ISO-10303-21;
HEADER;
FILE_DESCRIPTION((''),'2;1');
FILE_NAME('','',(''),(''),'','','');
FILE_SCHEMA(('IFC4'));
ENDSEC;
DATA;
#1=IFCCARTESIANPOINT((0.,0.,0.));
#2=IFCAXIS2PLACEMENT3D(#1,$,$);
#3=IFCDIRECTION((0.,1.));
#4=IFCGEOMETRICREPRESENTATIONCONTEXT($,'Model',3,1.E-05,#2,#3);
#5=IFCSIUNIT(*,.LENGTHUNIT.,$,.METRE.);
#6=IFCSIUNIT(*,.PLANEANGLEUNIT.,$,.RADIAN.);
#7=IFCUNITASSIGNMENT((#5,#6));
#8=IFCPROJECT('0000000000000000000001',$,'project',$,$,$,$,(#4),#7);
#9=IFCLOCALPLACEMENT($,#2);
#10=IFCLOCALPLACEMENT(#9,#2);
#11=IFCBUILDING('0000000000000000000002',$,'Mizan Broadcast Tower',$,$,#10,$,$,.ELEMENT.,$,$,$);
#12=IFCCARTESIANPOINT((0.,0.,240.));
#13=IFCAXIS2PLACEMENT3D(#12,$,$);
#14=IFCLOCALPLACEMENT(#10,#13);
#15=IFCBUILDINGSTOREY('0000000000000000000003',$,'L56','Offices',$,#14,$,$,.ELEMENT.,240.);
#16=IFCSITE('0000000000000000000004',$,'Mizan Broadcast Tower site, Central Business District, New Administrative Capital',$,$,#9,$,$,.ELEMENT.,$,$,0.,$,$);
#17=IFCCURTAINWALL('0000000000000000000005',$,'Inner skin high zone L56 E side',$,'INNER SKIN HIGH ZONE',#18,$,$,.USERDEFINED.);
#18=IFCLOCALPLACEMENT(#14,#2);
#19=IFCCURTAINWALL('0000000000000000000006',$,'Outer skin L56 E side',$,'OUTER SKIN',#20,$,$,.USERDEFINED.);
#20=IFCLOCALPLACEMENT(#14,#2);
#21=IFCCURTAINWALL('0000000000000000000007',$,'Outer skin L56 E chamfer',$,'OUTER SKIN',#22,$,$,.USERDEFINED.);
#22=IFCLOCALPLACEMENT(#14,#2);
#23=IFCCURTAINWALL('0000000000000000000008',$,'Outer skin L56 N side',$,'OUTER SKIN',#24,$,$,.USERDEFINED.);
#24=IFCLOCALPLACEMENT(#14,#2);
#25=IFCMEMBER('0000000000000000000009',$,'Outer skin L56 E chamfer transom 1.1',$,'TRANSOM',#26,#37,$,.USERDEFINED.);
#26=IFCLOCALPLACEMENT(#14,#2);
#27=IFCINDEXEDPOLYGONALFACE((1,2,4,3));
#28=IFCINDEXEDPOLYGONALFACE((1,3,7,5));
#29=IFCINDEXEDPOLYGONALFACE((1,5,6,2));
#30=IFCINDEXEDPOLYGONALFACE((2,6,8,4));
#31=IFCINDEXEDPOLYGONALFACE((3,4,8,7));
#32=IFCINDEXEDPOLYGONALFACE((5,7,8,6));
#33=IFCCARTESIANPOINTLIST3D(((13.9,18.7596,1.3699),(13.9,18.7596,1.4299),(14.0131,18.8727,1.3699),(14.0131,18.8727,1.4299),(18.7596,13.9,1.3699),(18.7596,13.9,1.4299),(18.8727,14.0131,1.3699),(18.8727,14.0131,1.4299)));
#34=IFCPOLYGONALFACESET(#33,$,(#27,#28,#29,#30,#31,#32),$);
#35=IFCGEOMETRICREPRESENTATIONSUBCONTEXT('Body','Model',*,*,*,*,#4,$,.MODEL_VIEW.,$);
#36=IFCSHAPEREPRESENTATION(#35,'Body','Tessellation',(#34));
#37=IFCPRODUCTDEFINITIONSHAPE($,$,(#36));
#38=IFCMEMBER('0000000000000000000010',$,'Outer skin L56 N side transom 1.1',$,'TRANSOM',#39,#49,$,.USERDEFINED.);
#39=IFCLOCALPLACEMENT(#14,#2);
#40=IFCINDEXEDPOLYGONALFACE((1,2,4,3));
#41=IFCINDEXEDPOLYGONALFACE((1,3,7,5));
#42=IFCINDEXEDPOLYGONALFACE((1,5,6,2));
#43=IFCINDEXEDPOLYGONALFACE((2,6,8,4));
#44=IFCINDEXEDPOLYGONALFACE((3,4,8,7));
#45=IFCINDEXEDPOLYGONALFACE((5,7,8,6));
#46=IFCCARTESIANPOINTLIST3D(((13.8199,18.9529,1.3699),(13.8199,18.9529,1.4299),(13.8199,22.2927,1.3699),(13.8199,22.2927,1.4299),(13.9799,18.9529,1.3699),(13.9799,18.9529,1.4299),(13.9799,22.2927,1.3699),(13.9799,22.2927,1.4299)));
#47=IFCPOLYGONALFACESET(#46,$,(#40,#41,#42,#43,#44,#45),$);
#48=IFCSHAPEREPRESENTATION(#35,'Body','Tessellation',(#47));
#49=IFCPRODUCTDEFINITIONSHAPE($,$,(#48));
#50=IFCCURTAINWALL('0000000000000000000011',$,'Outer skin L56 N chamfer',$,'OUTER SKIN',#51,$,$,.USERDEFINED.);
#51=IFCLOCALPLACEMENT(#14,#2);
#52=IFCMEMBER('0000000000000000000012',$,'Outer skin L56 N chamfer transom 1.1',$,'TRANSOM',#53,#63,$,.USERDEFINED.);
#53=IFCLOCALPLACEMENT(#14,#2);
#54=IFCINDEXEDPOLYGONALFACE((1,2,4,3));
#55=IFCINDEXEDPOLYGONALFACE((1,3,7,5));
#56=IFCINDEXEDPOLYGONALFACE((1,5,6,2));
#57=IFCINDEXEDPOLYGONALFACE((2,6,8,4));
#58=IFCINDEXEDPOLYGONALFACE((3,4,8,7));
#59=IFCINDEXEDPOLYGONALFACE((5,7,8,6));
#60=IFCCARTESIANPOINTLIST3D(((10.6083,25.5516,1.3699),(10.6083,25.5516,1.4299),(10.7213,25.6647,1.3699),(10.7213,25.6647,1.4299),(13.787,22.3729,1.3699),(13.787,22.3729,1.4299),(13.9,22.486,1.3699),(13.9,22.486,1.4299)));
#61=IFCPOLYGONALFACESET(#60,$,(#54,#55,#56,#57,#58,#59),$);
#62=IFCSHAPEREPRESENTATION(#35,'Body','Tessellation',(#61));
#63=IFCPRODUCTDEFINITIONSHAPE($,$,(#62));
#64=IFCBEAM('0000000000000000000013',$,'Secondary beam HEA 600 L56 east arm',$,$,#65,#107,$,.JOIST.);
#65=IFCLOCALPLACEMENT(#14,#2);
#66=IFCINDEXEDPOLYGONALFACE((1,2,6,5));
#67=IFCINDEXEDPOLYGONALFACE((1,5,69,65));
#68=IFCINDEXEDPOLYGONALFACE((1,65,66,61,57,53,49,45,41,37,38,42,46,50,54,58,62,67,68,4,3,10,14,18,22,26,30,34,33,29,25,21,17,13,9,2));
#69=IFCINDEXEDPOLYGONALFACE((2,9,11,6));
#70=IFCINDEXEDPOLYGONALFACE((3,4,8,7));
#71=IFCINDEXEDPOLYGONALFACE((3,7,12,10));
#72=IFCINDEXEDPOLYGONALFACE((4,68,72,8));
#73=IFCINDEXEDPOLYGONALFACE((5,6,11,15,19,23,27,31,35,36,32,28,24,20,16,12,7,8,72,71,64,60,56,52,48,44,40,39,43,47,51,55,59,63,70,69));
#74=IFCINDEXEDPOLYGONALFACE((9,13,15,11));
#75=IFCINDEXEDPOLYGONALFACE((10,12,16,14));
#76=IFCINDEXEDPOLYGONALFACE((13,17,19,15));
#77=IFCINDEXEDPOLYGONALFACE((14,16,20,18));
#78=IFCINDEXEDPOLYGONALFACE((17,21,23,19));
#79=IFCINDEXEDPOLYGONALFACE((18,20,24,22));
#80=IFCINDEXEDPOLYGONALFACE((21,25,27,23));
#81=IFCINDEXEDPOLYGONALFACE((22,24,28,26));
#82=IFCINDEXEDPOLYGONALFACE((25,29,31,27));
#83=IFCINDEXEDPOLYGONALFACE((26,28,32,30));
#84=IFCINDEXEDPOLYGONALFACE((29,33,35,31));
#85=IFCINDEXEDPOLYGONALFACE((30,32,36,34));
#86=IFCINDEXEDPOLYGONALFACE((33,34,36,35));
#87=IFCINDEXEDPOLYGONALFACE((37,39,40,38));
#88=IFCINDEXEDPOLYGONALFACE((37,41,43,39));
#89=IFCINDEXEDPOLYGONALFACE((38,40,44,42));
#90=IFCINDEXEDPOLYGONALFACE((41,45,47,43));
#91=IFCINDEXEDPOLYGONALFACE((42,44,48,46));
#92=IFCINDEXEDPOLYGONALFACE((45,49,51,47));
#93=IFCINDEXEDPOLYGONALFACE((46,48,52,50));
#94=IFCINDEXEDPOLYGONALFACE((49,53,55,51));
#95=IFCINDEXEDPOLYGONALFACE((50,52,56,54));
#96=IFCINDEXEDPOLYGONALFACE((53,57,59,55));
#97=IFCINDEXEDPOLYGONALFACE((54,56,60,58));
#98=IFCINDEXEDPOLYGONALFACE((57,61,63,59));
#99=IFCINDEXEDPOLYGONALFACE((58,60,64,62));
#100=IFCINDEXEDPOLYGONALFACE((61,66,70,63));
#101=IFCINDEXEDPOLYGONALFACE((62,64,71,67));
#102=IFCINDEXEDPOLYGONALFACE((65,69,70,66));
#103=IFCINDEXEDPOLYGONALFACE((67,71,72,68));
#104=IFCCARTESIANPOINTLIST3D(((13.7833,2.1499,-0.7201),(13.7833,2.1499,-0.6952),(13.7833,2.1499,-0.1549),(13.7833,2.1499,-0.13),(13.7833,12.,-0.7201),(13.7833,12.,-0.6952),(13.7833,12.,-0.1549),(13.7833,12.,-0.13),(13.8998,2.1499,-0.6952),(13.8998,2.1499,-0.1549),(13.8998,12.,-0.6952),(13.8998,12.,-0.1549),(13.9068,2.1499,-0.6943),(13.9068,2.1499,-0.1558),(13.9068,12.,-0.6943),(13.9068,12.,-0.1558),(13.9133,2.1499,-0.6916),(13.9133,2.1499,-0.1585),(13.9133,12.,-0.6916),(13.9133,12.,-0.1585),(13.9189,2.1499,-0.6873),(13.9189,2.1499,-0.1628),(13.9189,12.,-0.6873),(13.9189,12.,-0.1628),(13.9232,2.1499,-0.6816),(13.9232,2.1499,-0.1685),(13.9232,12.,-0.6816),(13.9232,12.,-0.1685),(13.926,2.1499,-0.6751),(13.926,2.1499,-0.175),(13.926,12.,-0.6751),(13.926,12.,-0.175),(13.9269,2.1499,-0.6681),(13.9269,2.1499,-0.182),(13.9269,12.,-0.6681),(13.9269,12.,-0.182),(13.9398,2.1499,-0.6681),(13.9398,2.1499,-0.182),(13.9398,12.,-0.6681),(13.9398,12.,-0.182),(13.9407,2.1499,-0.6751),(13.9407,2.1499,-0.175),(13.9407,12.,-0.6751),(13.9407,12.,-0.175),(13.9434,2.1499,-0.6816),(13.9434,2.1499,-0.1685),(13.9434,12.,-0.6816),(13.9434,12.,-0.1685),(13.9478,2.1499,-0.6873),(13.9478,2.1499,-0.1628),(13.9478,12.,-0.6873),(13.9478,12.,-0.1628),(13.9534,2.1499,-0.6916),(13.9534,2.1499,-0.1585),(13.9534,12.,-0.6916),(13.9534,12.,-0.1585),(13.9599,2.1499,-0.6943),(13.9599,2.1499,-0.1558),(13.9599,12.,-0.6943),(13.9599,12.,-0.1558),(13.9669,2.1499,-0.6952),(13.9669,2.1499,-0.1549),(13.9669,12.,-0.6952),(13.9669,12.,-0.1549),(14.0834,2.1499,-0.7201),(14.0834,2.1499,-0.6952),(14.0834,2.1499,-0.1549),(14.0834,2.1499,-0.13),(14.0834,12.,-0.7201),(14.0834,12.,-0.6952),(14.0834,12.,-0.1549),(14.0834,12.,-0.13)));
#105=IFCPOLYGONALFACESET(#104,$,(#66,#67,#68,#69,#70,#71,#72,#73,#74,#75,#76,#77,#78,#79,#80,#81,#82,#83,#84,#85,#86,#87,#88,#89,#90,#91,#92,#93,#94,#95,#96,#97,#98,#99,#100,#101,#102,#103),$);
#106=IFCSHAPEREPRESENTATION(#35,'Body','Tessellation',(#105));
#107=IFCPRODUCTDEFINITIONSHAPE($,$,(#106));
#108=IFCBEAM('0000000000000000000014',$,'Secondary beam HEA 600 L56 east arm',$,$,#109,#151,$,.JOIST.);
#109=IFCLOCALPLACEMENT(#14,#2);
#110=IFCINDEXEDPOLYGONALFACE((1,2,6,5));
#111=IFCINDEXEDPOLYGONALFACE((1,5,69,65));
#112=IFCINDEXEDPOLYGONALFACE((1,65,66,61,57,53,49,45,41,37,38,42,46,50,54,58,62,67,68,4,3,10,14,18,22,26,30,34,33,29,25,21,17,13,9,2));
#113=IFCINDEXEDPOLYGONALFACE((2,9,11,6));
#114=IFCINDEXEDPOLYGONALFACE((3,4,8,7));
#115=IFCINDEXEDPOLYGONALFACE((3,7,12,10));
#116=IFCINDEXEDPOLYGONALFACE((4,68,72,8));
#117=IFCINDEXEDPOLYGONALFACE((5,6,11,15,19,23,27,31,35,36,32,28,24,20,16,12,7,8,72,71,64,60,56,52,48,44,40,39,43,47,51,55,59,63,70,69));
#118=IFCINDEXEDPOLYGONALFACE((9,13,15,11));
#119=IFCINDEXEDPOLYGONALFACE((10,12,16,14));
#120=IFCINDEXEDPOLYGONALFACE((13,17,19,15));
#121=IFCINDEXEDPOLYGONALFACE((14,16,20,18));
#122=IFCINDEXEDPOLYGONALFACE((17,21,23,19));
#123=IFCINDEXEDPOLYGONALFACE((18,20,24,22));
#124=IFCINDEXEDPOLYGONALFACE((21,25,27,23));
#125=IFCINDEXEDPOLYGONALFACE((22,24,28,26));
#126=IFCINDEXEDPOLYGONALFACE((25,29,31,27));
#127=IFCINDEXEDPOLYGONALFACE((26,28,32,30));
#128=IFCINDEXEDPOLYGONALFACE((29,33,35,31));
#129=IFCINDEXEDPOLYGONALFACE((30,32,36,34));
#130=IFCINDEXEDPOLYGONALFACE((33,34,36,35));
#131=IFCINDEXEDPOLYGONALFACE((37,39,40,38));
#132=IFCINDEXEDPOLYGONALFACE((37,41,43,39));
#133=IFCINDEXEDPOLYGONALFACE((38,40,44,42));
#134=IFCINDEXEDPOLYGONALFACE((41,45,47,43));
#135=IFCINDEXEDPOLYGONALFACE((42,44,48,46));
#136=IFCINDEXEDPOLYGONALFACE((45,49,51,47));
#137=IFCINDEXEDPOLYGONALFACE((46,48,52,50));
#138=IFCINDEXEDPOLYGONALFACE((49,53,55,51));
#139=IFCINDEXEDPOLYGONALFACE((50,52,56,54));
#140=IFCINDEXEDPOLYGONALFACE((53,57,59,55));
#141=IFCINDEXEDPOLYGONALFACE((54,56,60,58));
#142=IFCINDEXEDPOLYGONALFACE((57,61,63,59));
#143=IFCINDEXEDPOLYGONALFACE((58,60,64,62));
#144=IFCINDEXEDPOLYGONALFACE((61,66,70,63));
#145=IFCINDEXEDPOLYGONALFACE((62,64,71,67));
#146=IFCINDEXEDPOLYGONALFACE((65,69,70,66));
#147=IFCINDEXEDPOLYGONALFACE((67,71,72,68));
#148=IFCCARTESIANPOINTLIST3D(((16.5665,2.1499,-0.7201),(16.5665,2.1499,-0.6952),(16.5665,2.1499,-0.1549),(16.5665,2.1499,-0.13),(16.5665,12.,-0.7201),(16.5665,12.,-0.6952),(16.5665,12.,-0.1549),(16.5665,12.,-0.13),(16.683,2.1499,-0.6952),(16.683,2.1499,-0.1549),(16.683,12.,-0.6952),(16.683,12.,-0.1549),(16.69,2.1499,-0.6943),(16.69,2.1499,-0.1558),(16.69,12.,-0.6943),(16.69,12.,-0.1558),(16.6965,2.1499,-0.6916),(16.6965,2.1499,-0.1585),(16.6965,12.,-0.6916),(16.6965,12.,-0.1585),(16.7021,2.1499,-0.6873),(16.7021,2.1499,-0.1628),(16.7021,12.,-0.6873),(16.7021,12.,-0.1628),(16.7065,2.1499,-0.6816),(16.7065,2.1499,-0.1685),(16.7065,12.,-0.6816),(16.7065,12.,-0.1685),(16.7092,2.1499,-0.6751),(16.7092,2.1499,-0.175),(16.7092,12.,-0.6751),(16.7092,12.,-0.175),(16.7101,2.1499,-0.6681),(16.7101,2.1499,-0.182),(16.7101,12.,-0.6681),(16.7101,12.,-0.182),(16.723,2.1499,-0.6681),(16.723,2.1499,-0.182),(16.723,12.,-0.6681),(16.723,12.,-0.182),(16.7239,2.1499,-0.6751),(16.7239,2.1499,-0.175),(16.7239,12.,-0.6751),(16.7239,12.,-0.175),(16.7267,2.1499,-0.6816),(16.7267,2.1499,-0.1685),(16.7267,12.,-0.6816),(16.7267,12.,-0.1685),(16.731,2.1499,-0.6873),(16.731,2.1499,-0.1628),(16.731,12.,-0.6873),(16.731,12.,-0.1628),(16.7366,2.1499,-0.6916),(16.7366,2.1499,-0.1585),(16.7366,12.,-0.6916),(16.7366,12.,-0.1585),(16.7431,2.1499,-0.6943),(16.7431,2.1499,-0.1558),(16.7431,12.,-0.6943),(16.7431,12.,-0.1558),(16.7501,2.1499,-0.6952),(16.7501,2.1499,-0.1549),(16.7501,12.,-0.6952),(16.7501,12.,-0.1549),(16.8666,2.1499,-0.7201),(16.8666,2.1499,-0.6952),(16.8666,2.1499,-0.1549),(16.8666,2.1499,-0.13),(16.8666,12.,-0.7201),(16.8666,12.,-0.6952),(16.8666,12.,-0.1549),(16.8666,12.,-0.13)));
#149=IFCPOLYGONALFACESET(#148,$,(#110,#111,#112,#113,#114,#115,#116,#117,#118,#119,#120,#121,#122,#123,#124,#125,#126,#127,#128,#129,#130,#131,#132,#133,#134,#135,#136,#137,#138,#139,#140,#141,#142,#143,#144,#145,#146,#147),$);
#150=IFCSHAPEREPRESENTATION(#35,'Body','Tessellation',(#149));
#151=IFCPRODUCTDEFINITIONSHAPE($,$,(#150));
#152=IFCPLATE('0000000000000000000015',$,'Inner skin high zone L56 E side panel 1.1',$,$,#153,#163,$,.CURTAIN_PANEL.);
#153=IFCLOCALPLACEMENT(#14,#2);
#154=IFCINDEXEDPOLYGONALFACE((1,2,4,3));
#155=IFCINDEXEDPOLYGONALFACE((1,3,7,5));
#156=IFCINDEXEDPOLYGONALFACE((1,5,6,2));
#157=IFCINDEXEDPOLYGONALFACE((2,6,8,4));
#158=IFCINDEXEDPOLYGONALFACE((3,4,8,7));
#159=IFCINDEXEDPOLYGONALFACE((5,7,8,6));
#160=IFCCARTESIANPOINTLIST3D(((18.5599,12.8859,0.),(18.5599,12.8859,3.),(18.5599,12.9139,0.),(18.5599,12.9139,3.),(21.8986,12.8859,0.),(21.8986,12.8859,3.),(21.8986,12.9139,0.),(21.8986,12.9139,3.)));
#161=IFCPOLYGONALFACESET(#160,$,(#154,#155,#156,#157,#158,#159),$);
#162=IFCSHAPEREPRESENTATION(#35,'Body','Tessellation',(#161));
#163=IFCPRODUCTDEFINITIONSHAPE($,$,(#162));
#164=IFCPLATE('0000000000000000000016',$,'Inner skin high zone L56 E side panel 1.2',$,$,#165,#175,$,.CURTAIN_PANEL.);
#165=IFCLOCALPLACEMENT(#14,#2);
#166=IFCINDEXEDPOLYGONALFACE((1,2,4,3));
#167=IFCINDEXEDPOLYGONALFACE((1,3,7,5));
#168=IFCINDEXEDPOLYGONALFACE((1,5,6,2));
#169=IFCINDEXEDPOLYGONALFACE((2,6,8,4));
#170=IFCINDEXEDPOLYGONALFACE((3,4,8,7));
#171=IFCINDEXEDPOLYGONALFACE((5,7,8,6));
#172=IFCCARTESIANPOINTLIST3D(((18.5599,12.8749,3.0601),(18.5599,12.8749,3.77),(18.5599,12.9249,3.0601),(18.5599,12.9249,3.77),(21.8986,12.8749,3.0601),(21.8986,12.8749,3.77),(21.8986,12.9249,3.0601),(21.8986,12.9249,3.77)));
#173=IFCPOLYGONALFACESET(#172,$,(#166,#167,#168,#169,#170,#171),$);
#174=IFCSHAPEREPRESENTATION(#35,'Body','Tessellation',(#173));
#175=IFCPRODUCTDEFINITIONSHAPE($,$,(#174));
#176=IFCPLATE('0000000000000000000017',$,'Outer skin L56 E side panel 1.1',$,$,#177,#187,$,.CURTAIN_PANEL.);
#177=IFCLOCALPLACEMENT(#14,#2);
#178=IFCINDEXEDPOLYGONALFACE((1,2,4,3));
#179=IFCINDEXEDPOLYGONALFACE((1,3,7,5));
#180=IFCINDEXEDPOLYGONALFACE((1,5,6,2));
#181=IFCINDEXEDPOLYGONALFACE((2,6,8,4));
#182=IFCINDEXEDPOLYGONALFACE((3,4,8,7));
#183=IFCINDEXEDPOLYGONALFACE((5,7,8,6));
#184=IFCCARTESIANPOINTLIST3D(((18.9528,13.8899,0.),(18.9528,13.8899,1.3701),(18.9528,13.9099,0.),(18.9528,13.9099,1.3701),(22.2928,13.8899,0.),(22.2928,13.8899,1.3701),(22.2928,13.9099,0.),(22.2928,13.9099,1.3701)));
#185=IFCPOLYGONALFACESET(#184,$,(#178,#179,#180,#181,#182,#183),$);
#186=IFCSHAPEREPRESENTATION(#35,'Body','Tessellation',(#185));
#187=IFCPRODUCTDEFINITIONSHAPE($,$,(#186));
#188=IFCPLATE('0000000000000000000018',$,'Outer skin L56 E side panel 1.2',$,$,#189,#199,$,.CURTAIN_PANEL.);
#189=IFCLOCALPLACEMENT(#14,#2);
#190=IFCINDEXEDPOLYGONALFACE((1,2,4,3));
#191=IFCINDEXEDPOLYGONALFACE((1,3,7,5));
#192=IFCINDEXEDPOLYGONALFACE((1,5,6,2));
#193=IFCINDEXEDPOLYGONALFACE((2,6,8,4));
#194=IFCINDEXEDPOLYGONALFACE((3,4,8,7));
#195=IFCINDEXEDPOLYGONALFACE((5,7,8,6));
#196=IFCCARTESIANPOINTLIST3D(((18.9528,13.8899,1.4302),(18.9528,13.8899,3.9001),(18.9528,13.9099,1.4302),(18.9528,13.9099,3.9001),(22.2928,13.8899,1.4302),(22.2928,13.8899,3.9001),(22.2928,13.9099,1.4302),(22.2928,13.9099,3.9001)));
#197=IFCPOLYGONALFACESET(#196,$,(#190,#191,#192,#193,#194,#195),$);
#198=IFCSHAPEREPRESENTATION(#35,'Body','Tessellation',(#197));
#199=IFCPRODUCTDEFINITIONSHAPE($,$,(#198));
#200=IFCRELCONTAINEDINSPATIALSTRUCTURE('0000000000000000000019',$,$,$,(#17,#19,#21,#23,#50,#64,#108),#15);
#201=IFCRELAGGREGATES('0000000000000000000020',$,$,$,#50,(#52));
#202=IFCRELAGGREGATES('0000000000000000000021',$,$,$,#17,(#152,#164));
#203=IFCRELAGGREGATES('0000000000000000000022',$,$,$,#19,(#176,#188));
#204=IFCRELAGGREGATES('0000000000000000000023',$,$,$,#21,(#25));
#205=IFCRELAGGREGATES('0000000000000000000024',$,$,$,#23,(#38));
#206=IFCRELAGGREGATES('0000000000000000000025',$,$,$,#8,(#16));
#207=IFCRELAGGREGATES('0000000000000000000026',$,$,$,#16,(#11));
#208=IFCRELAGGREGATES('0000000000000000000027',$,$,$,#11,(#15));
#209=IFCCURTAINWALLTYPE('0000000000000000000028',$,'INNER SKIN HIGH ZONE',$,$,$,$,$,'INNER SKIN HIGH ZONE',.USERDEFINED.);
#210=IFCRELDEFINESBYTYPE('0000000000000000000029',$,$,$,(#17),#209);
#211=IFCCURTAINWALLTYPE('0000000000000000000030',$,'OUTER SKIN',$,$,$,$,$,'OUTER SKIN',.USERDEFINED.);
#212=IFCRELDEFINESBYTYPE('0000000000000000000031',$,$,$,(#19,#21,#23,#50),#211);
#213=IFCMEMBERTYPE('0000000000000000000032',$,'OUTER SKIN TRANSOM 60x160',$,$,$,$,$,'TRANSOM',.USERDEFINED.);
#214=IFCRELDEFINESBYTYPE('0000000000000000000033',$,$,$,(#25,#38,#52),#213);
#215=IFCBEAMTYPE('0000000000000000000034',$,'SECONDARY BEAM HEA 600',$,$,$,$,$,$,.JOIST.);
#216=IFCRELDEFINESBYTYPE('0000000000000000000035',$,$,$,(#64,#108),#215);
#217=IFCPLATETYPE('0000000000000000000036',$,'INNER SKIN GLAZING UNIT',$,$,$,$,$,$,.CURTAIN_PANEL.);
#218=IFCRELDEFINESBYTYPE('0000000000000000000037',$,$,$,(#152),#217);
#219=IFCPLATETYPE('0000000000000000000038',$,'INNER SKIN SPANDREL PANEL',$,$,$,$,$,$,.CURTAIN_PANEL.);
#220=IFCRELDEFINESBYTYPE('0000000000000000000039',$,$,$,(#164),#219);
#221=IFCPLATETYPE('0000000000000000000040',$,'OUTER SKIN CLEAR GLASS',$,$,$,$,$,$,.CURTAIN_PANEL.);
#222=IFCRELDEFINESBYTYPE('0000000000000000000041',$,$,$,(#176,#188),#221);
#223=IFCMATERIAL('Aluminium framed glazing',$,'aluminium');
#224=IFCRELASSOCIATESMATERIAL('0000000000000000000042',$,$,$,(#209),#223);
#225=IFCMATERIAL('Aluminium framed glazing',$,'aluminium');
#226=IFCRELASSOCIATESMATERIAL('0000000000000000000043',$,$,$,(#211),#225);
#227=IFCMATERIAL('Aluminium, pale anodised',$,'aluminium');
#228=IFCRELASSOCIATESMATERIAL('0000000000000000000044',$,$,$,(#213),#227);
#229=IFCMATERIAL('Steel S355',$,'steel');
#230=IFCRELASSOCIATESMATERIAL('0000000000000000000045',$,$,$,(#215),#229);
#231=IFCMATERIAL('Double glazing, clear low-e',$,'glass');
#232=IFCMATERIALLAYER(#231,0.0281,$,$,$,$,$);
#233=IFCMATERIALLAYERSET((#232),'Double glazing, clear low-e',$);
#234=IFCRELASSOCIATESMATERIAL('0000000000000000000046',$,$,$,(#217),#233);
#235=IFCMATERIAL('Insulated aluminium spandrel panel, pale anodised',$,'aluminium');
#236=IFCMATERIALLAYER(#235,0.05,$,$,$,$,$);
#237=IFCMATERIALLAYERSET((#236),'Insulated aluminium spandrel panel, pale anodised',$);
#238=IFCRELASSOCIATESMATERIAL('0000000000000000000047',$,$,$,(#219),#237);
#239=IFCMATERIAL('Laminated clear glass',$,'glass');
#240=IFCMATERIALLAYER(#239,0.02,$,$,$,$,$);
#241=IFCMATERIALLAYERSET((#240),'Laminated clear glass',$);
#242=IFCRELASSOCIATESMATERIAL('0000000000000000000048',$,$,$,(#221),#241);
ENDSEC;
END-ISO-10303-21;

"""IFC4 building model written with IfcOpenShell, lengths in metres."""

from ifc_helpers import new_model, si_unit, direction, frame, origin, origin_2d, place, context, subcontext, project, spatial, rectangle, i_section, extrude, material, layer, layer_set, material_profile, profile_set, type_object, element, aggregate, save


model = new_model("IFC4")

# Units and contexts
model_context = context("Model", 3, precision=1e-05, world=origin(), true_north=direction((0.0, 1.0)))
body_context = subcontext(model_context, "Body", "Model", "MODEL_VIEW")
ifc_project = project(units=[si_unit("LENGTHUNIT", "METRE"), si_unit("PLANEANGLEUNIT", "RADIAN")], contexts=[model_context])

# Site, building, storey
site_placement = place(None, origin())
site = spatial("IfcSite", under=ifc_project, at=site_placement, Name="Mizan Broadcast Tower site, Central Business District, New Administrative Capital", CompositionType="ELEMENT", RefElevation=0.0)
building_placement = place(site_placement, origin())
building = spatial("IfcBuilding", under=site, at=building_placement, Name="Mizan Broadcast Tower", CompositionType="ELEMENT")
storey_placement = place(building_placement, frame((0.0, 0.0, 240.0)))
storey = spatial("IfcBuildingStorey", under=building, at=storey_placement, Name="L56", Description="Offices", CompositionType="ELEMENT", Elevation=240.0)

# Curtain wall
ifc_material_1 = material(Name="Aluminium framed glazing", Category="aluminium")
curtain_wall_type_1 = type_object("IfcCurtainWallType", Name="INNER SKIN HIGH ZONE", ElementType="INNER SKIN HIGH ZONE", PredefinedType="USERDEFINED", material=ifc_material_1)
curtain_wall_1_placement = place(storey_placement, origin())
curtain_wall_1 = element("IfcCurtainWall", 1, at=curtain_wall_1_placement, inside=storey, type_object=curtain_wall_type_1, Name="Inner skin high zone L56 E side", ObjectType="INNER SKIN HIGH ZONE", PredefinedType="USERDEFINED")

# Curtain walls
ifc_material_2 = material(Name="Aluminium framed glazing", Category="aluminium")
curtain_wall_type_2 = type_object("IfcCurtainWallType", Name="OUTER SKIN", ElementType="OUTER SKIN", PredefinedType="USERDEFINED", material=ifc_material_2)
curtain_wall_2_placement = place(storey_placement, origin())
curtain_wall_2 = element("IfcCurtainWall", 2, at=curtain_wall_2_placement, inside=storey, type_object=curtain_wall_type_2, Name="Outer skin L56 E side", ObjectType="OUTER SKIN", PredefinedType="USERDEFINED")
curtain_wall_3_placement = place(storey_placement, origin())
curtain_wall_3 = element("IfcCurtainWall", 3, at=curtain_wall_3_placement, inside=storey, type_object=curtain_wall_type_2, Name="Outer skin L56 E chamfer", ObjectType="OUTER SKIN", PredefinedType="USERDEFINED")
curtain_wall_4_placement = place(storey_placement, origin())
curtain_wall_4 = element("IfcCurtainWall", 4, at=curtain_wall_4_placement, inside=storey, type_object=curtain_wall_type_2, Name="Outer skin L56 N side", ObjectType="OUTER SKIN", PredefinedType="USERDEFINED")

# Members
ifc_material_3 = material(Name="Aluminium, pale anodised", Category="aluminium")
ifc_material_profile_1 = material_profile(ifc_material_3, rectangle(XDim=0.1599, YDim=0.0601, at=origin_2d()), Name="TRANSOM 160x60")
ifc_profile_set_1 = profile_set([ifc_material_profile_1], Name="Aluminium, pale anodised")
member_type_1 = type_object("IfcMemberType", Name="OUTER SKIN TRANSOM 60x160", ElementType="TRANSOM", PredefinedType="USERDEFINED", material=ifc_profile_set_1)
member_1_placement = place(storey_placement, frame((18.8162, 13.9565, 1.3999), z_axis=(-0.707107, 0.707107, 0.0), x_axis=(-0.707107, -0.707107, 0.0)))
member_1 = element("IfcMember", 5, at=member_1_placement, type_object=member_type_1, Name="Outer skin L56 E chamfer transom 1.1", ObjectType="TRANSOM", PredefinedType="USERDEFINED", context=body_context, shape_type="SweptSolid", body=[
    extrude(rectangle(XDim=0.1599, YDim=0.0601, at=origin_2d()), origin(), (0.0, 0.0, 1.0), 6.8726),
])
member_2_placement = place(storey_placement, frame((13.8999, 18.9529, 1.3999), z_axis=(0.0, 1.0, 0.0), x_axis=(-1.0, 0.0, 0.0)))
member_2 = element("IfcMember", 6, at=member_2_placement, type_object=member_type_1, Name="Outer skin L56 N side transom 1.1", ObjectType="TRANSOM", PredefinedType="USERDEFINED", context=body_context, shape_type="SweptSolid", body=[
    extrude(rectangle(XDim=0.1599, YDim=0.0601, at=origin_2d()), origin(), (0.0, 0.0, 1.0), 3.3398),
])

# Curtain wall, member
curtain_wall_5_placement = place(storey_placement, origin())
curtain_wall_5 = element("IfcCurtainWall", 7, at=curtain_wall_5_placement, inside=storey, type_object=curtain_wall_type_2, Name="Outer skin L56 N chamfer", ObjectType="OUTER SKIN", PredefinedType="USERDEFINED")
member_3_placement = place(storey_placement, frame((13.8435, 22.4294, 1.3999), z_axis=(-0.707107, 0.707107, 0.0), x_axis=(-0.707107, -0.707107, 0.0)))
member_3 = element("IfcMember", 8, at=member_3_placement, type_object=member_type_1, Name="Outer skin L56 N chamfer transom 1.1", ObjectType="TRANSOM", PredefinedType="USERDEFINED", context=body_context, shape_type="SweptSolid", body=[
    extrude(rectangle(XDim=0.1599, YDim=0.0601, at=origin_2d()), origin(), (0.0, 0.0, 1.0), 4.4954),
])
aggregate(curtain_wall_5, [member_3])

# Beams
ifc_material_4 = material(Name="Steel S355", Category="steel")
ifc_material_profile_2 = material_profile(ifc_material_4, i_section(OverallWidth=0.3, OverallDepth=0.5901, WebThickness=0.0129, FlangeThickness=0.0249, FilletRadius=0.0271, at=origin_2d()), Name="HEA 600")
ifc_profile_set_2 = profile_set([ifc_material_profile_2], Name="Steel S355")
beam_type_1 = type_object("IfcBeamType", Name="SECONDARY BEAM HEA 600", PredefinedType="JOIST", material=ifc_profile_set_2)
for number, where, z_axis, x_axis, name in (
    (9, (13.9333, 12.0, -0.425), (0.0, -1.0, 0.0), (1.0, 0.0, 0.0), "Secondary beam HEA 600 L56 east arm"),
    (10, (16.7166, 12.0, -0.425), (0.0, -1.0, 0.0), (1.0, 0.0, 0.0), "Secondary beam HEA 600 L56 east arm"),
):
    element("IfcBeam", number, at=place(storey_placement, frame(where, z_axis=z_axis, x_axis=x_axis)), inside=storey, type_object=beam_type_1, Name=name, PredefinedType="JOIST", context=body_context, shape_type="SweptSolid", body=[
        extrude(i_section(OverallWidth=0.3, OverallDepth=0.5901, WebThickness=0.0129, FlangeThickness=0.0249, FilletRadius=0.0271, at=origin_2d()), origin(), (0.0, 0.0, 1.0), 9.8501),
    ])

# Plates
ifc_material_5 = material(Name="Double glazing, clear low-e", Category="glass")
ifc_layer_1 = layer(ifc_material_5, 0.0281)
ifc_layer_set_1 = layer_set([ifc_layer_1], Name="Double glazing, clear low-e")
plate_type_1 = type_object("IfcPlateType", Name="INNER SKIN GLAZING UNIT", PredefinedType="CURTAIN_PANEL", material=ifc_layer_set_1)
plate_1_placement = place(storey_placement, frame((20.2292, 12.8999, 0.0), z_axis=(0.0, 0.0, 1.0), x_axis=(-1.0, 0.0, 0.0)))
plate_1 = element("IfcPlate", 11, at=plate_1_placement, type_object=plate_type_1, Name="Inner skin high zone L56 E side panel 1.1", PredefinedType="CURTAIN_PANEL", context=body_context, shape_type="SweptSolid", body=[
    extrude(rectangle(XDim=3.3386, YDim=0.0281, at=origin_2d()), origin(), (0.0, 0.0, 1.0), 3.0),
])
ifc_material_6 = material(Name="Insulated aluminium spandrel panel, pale anodised", Category="aluminium")
ifc_layer_2 = layer(ifc_material_6, 0.05)
ifc_layer_set_2 = layer_set([ifc_layer_2], Name="Insulated aluminium spandrel panel, pale anodised")
plate_type_2 = type_object("IfcPlateType", Name="INNER SKIN SPANDREL PANEL", PredefinedType="CURTAIN_PANEL", material=ifc_layer_set_2)
plate_2_placement = place(storey_placement, frame((20.2292, 12.8999, 3.0601), z_axis=(0.0, 0.0, 1.0), x_axis=(-1.0, 0.0, 0.0)))
plate_2 = element("IfcPlate", 12, at=plate_2_placement, type_object=plate_type_2, Name="Inner skin high zone L56 E side panel 1.2", PredefinedType="CURTAIN_PANEL", context=body_context, shape_type="SweptSolid", body=[
    extrude(rectangle(XDim=3.3386, YDim=0.05, at=origin_2d()), origin(), (0.0, 0.0, 1.0), 0.71),
])
aggregate(curtain_wall_1, [plate_1, plate_2])
ifc_material_7 = material(Name="Laminated clear glass", Category="glass")
ifc_layer_3 = layer(ifc_material_7, 0.02)
ifc_layer_set_3 = layer_set([ifc_layer_3], Name="Laminated clear glass")
plate_type_3 = type_object("IfcPlateType", Name="OUTER SKIN CLEAR GLASS", PredefinedType="CURTAIN_PANEL", material=ifc_layer_set_3)
plate_3_placement = place(storey_placement, frame((20.6228, 13.8999, 0.0), z_axis=(0.0, 0.0, 1.0), x_axis=(-1.0, 0.0, 0.0)))
plate_3 = element("IfcPlate", 13, at=plate_3_placement, type_object=plate_type_3, Name="Outer skin L56 E side panel 1.1", PredefinedType="CURTAIN_PANEL", context=body_context, shape_type="SweptSolid", body=[
    extrude(rectangle(XDim=3.3401, YDim=0.02, at=origin_2d()), origin(), (0.0, 0.0, 1.0), 1.3701),
])
plate_4_placement = place(storey_placement, frame((20.6228, 13.8999, 1.4302), z_axis=(0.0, 0.0, 1.0), x_axis=(-1.0, 0.0, 0.0)))
plate_4 = element("IfcPlate", 14, at=plate_4_placement, type_object=plate_type_3, Name="Outer skin L56 E side panel 1.2", PredefinedType="CURTAIN_PANEL", context=body_context, shape_type="SweptSolid", body=[
    extrude(rectangle(XDim=3.3401, YDim=0.02, at=origin_2d()), origin(), (0.0, 0.0, 1.0), 2.47),
])
aggregate(curtain_wall_2, [plate_3, plate_4])
aggregate(curtain_wall_3, [member_1])
aggregate(curtain_wall_4, [member_2])

save(model, "model.ifc")
